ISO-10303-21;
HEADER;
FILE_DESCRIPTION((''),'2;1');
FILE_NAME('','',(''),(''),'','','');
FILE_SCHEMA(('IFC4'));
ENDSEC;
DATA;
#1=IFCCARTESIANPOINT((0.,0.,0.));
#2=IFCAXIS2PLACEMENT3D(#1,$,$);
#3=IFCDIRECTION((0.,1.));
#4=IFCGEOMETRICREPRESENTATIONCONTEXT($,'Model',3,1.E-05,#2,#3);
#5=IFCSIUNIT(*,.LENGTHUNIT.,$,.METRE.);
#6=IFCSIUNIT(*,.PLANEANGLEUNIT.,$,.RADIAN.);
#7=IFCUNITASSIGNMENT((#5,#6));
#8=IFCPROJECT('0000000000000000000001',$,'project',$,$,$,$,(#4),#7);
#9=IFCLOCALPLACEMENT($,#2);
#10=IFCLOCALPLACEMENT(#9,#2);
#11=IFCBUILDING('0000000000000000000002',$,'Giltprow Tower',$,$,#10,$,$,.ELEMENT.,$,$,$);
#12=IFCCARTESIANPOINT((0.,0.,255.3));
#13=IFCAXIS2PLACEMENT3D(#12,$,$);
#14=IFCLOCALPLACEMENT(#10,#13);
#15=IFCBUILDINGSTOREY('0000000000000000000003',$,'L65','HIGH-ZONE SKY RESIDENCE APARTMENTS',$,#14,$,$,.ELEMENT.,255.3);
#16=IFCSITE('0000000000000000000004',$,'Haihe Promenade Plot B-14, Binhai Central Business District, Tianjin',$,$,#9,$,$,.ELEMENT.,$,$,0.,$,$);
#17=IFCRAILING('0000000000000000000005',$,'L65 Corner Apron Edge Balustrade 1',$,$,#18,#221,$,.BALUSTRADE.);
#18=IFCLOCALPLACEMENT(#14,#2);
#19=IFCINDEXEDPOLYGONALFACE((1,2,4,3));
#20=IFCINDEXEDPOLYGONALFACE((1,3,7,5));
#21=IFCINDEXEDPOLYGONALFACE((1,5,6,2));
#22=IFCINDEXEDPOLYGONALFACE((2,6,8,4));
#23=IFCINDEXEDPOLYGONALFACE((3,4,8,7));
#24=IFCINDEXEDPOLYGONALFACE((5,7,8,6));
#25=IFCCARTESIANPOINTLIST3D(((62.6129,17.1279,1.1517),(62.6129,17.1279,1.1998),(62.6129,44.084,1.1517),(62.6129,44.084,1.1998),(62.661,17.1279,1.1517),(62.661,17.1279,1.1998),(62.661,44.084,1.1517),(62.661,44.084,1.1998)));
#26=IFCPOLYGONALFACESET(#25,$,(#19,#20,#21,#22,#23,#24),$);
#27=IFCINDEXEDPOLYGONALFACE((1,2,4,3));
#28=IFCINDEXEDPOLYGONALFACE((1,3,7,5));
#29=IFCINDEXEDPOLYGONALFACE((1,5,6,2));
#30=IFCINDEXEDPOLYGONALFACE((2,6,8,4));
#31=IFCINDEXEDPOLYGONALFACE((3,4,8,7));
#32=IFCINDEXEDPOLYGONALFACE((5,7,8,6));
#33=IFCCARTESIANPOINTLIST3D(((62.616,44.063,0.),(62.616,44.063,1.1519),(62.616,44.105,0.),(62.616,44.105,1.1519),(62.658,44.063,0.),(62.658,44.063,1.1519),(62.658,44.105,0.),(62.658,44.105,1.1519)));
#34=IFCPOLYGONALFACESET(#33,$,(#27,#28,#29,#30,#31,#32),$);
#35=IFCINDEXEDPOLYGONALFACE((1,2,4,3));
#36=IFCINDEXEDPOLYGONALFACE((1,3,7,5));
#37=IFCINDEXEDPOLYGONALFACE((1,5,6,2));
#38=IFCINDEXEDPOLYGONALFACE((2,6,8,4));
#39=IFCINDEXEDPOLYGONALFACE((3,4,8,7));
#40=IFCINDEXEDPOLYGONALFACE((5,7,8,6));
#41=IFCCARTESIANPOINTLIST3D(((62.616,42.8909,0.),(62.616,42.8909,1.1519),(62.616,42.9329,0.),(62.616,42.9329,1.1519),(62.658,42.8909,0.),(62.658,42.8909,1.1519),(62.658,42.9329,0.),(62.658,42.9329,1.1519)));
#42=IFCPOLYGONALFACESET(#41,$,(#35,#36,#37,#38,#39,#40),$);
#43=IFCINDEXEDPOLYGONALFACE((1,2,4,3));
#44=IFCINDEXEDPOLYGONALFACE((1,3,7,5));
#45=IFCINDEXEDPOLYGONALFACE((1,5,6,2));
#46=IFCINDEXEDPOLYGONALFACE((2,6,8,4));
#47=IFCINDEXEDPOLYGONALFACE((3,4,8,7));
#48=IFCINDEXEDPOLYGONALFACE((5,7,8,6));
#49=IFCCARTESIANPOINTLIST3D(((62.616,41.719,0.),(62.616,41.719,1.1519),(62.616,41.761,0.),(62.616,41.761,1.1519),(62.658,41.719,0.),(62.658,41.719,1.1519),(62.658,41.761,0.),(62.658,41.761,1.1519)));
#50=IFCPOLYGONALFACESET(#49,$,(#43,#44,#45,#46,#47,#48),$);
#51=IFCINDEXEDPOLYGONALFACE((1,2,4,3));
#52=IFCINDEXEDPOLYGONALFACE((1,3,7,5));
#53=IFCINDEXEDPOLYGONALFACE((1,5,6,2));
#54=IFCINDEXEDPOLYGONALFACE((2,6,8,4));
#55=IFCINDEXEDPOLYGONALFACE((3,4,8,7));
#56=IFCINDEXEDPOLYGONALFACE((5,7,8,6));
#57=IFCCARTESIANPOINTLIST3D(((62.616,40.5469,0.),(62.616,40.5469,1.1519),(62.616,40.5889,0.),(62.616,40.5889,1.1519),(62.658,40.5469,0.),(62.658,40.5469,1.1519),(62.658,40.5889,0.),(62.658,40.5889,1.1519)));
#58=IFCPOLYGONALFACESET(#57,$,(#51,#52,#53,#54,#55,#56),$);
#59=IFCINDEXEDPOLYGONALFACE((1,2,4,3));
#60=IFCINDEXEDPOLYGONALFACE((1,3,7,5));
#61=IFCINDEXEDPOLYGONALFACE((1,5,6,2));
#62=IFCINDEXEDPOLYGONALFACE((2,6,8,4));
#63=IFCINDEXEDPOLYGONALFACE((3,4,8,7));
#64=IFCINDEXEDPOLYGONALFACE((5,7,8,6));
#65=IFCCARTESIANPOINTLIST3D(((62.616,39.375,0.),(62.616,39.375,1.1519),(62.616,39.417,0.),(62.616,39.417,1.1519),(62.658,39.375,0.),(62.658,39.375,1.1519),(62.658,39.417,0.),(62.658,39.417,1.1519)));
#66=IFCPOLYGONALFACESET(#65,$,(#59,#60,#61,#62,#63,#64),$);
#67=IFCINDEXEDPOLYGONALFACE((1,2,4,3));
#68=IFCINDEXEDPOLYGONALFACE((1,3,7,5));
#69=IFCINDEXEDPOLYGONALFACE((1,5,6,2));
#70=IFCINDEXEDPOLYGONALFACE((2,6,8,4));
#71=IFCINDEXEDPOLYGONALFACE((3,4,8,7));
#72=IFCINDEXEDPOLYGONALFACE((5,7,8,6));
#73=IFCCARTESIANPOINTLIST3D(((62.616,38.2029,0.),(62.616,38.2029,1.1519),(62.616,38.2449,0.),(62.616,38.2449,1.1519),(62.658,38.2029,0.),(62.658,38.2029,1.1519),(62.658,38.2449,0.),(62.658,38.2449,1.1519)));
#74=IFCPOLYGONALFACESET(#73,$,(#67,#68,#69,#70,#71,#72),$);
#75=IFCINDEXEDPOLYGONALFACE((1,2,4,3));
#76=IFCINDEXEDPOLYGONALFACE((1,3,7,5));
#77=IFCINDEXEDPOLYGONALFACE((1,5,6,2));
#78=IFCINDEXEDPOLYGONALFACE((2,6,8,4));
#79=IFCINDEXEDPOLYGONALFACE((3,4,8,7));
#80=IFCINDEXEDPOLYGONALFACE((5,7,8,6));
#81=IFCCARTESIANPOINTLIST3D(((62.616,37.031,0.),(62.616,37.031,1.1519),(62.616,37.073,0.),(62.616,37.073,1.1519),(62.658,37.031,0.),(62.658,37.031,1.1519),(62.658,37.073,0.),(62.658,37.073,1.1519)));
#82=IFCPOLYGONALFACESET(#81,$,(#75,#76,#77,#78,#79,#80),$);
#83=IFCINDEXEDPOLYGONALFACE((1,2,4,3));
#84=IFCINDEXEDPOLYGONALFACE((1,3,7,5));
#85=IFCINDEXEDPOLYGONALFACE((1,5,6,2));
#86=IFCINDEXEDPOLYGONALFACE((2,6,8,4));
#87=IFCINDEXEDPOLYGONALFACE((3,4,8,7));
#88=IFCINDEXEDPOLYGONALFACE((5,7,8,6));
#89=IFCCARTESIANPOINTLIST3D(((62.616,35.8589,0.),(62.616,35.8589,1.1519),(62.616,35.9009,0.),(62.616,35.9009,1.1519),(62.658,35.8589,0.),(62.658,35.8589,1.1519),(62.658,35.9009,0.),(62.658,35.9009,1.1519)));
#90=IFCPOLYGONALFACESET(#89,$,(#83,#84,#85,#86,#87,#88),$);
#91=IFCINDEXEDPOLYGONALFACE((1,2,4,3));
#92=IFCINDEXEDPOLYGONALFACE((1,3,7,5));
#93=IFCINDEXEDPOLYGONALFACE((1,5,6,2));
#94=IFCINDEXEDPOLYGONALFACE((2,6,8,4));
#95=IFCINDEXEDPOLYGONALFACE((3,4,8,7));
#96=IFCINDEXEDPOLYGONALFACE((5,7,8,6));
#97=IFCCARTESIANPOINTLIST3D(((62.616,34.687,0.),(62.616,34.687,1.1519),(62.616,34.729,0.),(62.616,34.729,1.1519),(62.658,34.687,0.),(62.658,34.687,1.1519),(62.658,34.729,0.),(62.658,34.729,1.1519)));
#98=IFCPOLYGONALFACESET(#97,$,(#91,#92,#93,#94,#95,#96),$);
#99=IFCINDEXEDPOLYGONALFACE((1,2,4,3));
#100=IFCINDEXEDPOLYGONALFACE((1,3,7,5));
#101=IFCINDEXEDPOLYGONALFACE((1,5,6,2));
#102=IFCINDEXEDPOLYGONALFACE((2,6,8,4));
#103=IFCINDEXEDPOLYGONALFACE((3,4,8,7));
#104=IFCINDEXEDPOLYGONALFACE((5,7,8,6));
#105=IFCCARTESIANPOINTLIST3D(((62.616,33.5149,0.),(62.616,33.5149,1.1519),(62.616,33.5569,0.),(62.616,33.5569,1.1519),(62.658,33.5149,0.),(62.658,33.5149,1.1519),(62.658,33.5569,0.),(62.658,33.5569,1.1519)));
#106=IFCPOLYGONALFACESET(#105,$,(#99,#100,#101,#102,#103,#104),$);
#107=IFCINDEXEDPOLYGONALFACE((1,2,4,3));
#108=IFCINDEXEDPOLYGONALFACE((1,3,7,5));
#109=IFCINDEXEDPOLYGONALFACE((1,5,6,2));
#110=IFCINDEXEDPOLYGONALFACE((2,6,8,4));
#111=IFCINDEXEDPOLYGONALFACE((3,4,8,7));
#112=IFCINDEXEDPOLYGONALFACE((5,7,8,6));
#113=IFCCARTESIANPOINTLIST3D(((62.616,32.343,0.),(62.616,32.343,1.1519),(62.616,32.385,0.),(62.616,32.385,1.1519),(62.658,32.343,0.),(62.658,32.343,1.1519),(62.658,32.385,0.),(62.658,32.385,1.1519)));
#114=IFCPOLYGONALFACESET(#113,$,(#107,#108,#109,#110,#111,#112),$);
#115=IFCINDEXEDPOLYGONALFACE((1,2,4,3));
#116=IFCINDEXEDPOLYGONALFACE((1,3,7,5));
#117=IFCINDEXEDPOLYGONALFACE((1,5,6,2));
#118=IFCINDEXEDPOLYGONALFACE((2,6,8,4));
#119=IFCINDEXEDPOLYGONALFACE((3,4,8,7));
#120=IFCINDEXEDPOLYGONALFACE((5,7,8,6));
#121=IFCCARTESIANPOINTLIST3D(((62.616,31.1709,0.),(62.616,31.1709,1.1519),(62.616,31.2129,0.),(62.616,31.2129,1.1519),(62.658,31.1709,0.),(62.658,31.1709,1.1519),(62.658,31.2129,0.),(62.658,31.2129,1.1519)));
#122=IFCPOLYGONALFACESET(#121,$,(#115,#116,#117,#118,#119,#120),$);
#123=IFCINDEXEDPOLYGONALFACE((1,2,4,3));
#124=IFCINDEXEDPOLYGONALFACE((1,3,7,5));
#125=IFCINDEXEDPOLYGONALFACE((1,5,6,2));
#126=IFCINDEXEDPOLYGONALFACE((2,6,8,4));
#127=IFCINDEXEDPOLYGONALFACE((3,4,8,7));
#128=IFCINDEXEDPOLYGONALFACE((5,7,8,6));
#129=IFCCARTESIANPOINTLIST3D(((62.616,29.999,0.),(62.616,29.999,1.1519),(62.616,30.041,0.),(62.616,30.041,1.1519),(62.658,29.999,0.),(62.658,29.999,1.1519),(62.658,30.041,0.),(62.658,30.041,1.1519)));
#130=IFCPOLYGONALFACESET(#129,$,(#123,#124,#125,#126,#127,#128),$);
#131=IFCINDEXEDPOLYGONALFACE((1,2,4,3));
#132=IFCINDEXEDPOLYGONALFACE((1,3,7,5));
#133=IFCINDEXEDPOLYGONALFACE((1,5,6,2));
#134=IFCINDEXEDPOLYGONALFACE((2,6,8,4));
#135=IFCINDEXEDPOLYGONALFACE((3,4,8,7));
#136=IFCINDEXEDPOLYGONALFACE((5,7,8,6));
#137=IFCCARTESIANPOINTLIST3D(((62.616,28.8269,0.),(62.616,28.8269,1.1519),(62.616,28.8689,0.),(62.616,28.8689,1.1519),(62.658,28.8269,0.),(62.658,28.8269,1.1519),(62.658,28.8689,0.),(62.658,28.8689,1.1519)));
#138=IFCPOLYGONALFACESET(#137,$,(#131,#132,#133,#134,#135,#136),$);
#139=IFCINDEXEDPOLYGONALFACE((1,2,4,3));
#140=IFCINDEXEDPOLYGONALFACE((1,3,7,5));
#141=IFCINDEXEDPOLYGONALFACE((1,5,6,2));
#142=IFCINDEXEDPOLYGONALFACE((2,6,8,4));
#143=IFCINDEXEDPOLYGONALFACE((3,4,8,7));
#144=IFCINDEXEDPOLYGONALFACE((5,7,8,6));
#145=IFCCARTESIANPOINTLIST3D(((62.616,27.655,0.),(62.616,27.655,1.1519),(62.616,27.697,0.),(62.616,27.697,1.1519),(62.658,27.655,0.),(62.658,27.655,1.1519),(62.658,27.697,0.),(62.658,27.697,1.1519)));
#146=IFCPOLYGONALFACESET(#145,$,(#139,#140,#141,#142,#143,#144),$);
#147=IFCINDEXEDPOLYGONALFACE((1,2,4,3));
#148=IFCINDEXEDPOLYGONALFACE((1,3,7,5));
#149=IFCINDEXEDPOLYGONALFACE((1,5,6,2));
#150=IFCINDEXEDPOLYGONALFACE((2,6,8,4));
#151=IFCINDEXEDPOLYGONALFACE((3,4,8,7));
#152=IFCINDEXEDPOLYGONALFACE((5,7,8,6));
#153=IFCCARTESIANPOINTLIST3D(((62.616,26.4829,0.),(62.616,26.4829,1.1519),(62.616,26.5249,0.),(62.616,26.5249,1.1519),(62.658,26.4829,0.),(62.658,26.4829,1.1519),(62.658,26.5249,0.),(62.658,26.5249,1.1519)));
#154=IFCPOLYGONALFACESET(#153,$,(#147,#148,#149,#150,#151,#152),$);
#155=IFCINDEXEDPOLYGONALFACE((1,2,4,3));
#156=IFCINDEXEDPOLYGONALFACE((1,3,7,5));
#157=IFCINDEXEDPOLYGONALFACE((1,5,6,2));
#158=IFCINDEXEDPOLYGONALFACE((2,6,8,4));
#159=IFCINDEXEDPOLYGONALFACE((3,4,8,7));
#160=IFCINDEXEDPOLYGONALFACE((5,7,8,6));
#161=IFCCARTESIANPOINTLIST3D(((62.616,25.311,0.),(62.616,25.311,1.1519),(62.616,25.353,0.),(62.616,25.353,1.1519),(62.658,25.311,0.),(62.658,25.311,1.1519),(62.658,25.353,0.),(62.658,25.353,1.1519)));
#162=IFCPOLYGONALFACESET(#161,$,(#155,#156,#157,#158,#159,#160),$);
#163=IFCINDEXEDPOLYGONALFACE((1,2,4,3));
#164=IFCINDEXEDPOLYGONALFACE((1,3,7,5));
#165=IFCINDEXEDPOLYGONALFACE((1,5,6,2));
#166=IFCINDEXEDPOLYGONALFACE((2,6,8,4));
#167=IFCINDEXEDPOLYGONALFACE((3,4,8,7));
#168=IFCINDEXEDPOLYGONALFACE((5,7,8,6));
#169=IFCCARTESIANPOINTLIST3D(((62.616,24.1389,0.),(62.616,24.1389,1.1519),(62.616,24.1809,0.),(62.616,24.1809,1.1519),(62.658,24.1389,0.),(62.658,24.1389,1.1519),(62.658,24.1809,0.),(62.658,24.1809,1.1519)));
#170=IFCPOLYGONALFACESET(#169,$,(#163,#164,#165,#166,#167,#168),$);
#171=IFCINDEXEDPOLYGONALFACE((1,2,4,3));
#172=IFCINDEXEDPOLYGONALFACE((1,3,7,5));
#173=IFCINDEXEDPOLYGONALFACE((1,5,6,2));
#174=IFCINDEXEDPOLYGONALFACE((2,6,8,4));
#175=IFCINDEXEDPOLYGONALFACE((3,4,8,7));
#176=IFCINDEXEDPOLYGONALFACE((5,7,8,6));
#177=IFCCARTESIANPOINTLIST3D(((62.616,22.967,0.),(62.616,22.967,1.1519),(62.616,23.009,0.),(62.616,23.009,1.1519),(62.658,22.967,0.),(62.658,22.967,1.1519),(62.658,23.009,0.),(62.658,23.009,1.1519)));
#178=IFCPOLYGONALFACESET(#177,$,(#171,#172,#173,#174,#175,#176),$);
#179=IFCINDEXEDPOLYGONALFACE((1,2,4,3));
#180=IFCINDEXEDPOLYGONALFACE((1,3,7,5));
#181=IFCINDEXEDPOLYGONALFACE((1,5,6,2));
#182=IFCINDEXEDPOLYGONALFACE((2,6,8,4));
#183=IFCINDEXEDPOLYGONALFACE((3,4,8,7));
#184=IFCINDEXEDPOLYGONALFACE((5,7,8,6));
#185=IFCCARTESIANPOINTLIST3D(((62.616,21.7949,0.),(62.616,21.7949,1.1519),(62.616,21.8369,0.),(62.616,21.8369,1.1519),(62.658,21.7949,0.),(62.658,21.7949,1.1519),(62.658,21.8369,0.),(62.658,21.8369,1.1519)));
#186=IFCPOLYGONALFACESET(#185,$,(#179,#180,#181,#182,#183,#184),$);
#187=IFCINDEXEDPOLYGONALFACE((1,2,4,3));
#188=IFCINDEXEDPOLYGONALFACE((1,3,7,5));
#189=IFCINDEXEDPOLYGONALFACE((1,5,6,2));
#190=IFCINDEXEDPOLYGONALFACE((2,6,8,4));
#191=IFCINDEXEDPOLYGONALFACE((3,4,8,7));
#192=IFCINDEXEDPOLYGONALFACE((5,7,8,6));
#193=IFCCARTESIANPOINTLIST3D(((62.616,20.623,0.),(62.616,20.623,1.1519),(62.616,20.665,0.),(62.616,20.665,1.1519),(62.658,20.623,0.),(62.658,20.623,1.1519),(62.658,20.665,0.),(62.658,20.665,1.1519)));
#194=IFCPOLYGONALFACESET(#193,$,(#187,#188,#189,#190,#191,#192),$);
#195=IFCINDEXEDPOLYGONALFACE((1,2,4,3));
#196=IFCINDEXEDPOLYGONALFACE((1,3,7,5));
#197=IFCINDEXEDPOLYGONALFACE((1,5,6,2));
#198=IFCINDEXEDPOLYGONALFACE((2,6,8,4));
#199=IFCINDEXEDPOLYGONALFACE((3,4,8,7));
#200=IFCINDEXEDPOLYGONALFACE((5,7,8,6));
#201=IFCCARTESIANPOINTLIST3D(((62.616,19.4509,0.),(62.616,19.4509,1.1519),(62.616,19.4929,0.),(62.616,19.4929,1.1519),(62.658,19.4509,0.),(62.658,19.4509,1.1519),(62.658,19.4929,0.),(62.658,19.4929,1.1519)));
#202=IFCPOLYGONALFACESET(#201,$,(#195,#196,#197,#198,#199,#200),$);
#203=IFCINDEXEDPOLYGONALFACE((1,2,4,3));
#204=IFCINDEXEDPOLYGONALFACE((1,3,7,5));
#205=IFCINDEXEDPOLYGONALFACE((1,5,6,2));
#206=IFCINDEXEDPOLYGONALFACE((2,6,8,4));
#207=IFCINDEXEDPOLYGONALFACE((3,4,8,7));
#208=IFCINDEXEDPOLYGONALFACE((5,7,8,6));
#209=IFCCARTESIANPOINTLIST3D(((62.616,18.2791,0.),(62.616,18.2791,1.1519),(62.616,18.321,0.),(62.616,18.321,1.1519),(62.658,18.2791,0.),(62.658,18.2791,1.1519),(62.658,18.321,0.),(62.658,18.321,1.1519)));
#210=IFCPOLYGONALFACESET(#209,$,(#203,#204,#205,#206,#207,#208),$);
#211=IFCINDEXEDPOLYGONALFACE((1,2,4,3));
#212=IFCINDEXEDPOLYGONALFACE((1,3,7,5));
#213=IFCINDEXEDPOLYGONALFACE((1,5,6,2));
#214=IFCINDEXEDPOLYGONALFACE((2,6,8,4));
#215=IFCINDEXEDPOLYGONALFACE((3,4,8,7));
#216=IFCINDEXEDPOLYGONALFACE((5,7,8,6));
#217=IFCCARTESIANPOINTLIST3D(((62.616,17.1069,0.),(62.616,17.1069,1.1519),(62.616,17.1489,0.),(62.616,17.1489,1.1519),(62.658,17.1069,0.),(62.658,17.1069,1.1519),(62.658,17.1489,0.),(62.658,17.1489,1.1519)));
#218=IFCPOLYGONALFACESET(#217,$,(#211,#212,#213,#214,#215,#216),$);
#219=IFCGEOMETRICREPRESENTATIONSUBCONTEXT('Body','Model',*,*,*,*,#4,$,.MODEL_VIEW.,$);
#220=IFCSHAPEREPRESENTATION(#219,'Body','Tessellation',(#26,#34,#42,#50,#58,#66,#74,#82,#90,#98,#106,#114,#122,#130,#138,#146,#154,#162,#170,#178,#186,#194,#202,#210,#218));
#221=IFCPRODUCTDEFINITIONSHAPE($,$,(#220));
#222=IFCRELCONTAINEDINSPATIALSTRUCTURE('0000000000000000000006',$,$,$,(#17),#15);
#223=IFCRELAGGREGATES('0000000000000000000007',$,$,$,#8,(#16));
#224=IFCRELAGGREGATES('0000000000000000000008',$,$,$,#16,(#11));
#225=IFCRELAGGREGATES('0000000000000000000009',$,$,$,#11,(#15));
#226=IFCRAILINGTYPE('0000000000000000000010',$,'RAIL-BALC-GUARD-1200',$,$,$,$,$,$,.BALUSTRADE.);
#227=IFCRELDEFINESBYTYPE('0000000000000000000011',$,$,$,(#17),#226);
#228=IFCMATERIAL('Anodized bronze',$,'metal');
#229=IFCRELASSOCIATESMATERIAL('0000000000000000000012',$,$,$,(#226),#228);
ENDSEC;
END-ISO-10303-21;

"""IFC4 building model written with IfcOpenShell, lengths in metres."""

from ifc_helpers import new_model, si_unit, direction, frame, origin, origin_2d, place, context, subcontext, project, spatial, rectangle, extrude, material, type_object, element, save


model = new_model("IFC4")

# Units and contexts
model_context = context("Model", 3, precision=1e-05, world=origin(), true_north=direction((0.0, 1.0)))
body_context = subcontext(model_context, "Body", "Model", "MODEL_VIEW")
ifc_project = project(units=[si_unit("LENGTHUNIT", "METRE"), si_unit("PLANEANGLEUNIT", "RADIAN")], contexts=[model_context])

# Site, building, storey
site_placement = place(None, origin())
site = spatial("IfcSite", under=ifc_project, at=site_placement, Name="Haihe Promenade Plot B-14, Binhai Central Business District, Tianjin", CompositionType="ELEMENT", RefElevation=0.0)
building_placement = place(site_placement, origin())
building = spatial("IfcBuilding", under=site, at=building_placement, Name="Giltprow Tower", CompositionType="ELEMENT")
storey_placement = place(building_placement, frame((0.0, 0.0, 255.3)))
storey = spatial("IfcBuildingStorey", under=building, at=storey_placement, Name="L65", Description="HIGH-ZONE SKY RESIDENCE APARTMENTS", CompositionType="ELEMENT", Elevation=255.3)

# Railing
ifc_material_1 = material(Name="Anodized bronze", Category="metal")
railing_type_1 = type_object("IfcRailingType", Name="RAIL-BALC-GUARD-1200", PredefinedType="BALUSTRADE", material=ifc_material_1)
railing_1_placement = place(storey_placement, frame((62.637, 44.084, 0.0)))
element("IfcRailing", 1, at=railing_1_placement, inside=storey, type_object=railing_type_1, Name="L65 Corner Apron Edge Balustrade 1", PredefinedType="BALUSTRADE", context=body_context, shape_type="SweptSolid", body=[
    extrude(rectangle(XDim=0.0481, YDim=0.0481, at=origin_2d()), frame((0.0, 0.0, 1.1758), z_axis=(0.0, -1.0, 0.0), x_axis=(1.0, 0.0, 0.0)), (0.0, 0.0, 1.0), 26.9561),
    extrude(rectangle(XDim=0.042, YDim=0.042, at=origin_2d()), origin(), (0.0, 0.0, 1.0), 1.1519),
    extrude(rectangle(XDim=0.042, YDim=0.042, at=origin_2d()), frame((0.0, -1.1721, 0.0)), (0.0, 0.0, 1.0), 1.1519),
    extrude(rectangle(XDim=0.042, YDim=0.042, at=origin_2d()), frame((0.0, -2.344, 0.0)), (0.0, 0.0, 1.0), 1.1519),
    extrude(rectangle(XDim=0.042, YDim=0.042, at=origin_2d()), frame((0.0, -3.5161, 0.0)), (0.0, 0.0, 1.0), 1.1519),
    extrude(rectangle(XDim=0.042, YDim=0.042, at=origin_2d()), frame((0.0, -4.688, 0.0)), (0.0, 0.0, 1.0), 1.1519),
    extrude(rectangle(XDim=0.042, YDim=0.042, at=origin_2d()), frame((0.0, -5.8601, 0.0)), (0.0, 0.0, 1.0), 1.1519),
    extrude(rectangle(XDim=0.042, YDim=0.042, at=origin_2d()), frame((0.0, -7.032, 0.0)), (0.0, 0.0, 1.0), 1.1519),
    extrude(rectangle(XDim=0.042, YDim=0.042, at=origin_2d()), frame((0.0, -8.2041, 0.0)), (0.0, 0.0, 1.0), 1.1519),
    extrude(rectangle(XDim=0.042, YDim=0.042, at=origin_2d()), frame((0.0, -9.376, 0.0)), (0.0, 0.0, 1.0), 1.1519),
    extrude(rectangle(XDim=0.042, YDim=0.042, at=origin_2d()), frame((0.0, -10.5481, 0.0)), (0.0, 0.0, 1.0), 1.1519),
    extrude(rectangle(XDim=0.042, YDim=0.042, at=origin_2d()), frame((0.0, -11.72, 0.0)), (0.0, 0.0, 1.0), 1.1519),
    extrude(rectangle(XDim=0.042, YDim=0.042, at=origin_2d()), frame((0.0, -12.8921, 0.0)), (0.0, 0.0, 1.0), 1.1519),
    extrude(rectangle(XDim=0.042, YDim=0.042, at=origin_2d()), frame((0.0, -14.064, 0.0)), (0.0, 0.0, 1.0), 1.1519),
    extrude(rectangle(XDim=0.042, YDim=0.042, at=origin_2d()), frame((0.0, -15.2361, 0.0)), (0.0, 0.0, 1.0), 1.1519),
    extrude(rectangle(XDim=0.042, YDim=0.042, at=origin_2d()), frame((0.0, -16.408, 0.0)), (0.0, 0.0, 1.0), 1.1519),
    extrude(rectangle(XDim=0.042, YDim=0.042, at=origin_2d()), frame((0.0, -17.5801, 0.0)), (0.0, 0.0, 1.0), 1.1519),
    extrude(rectangle(XDim=0.042, YDim=0.042, at=origin_2d()), frame((0.0, -18.752, 0.0)), (0.0, 0.0, 1.0), 1.1519),
    extrude(rectangle(XDim=0.042, YDim=0.042, at=origin_2d()), frame((0.0, -19.9241, 0.0)), (0.0, 0.0, 1.0), 1.1519),
    extrude(rectangle(XDim=0.042, YDim=0.042, at=origin_2d()), frame((0.0, -21.0959, 0.0)), (0.0, 0.0, 1.0), 1.1519),
    extrude(rectangle(XDim=0.042, YDim=0.042, at=origin_2d()), frame((0.0, -22.2681, 0.0)), (0.0, 0.0, 1.0), 1.1519),
    extrude(rectangle(XDim=0.042, YDim=0.042, at=origin_2d()), frame((0.0, -23.4399, 0.0)), (0.0, 0.0, 1.0), 1.1519),
    extrude(rectangle(XDim=0.042, YDim=0.042, at=origin_2d()), frame((0.0, -24.6121, 0.0)), (0.0, 0.0, 1.0), 1.1519),
    extrude(rectangle(XDim=0.042, YDim=0.042, at=origin_2d()), frame((0.0, -25.7839, 0.0)), (0.0, 0.0, 1.0), 1.1519),
    extrude(rectangle(XDim=0.042, YDim=0.042, at=origin_2d()), frame((0.0, -26.9561, 0.0)), (0.0, 0.0, 1.0), 1.1519),
])

save(model, "model.ifc")
